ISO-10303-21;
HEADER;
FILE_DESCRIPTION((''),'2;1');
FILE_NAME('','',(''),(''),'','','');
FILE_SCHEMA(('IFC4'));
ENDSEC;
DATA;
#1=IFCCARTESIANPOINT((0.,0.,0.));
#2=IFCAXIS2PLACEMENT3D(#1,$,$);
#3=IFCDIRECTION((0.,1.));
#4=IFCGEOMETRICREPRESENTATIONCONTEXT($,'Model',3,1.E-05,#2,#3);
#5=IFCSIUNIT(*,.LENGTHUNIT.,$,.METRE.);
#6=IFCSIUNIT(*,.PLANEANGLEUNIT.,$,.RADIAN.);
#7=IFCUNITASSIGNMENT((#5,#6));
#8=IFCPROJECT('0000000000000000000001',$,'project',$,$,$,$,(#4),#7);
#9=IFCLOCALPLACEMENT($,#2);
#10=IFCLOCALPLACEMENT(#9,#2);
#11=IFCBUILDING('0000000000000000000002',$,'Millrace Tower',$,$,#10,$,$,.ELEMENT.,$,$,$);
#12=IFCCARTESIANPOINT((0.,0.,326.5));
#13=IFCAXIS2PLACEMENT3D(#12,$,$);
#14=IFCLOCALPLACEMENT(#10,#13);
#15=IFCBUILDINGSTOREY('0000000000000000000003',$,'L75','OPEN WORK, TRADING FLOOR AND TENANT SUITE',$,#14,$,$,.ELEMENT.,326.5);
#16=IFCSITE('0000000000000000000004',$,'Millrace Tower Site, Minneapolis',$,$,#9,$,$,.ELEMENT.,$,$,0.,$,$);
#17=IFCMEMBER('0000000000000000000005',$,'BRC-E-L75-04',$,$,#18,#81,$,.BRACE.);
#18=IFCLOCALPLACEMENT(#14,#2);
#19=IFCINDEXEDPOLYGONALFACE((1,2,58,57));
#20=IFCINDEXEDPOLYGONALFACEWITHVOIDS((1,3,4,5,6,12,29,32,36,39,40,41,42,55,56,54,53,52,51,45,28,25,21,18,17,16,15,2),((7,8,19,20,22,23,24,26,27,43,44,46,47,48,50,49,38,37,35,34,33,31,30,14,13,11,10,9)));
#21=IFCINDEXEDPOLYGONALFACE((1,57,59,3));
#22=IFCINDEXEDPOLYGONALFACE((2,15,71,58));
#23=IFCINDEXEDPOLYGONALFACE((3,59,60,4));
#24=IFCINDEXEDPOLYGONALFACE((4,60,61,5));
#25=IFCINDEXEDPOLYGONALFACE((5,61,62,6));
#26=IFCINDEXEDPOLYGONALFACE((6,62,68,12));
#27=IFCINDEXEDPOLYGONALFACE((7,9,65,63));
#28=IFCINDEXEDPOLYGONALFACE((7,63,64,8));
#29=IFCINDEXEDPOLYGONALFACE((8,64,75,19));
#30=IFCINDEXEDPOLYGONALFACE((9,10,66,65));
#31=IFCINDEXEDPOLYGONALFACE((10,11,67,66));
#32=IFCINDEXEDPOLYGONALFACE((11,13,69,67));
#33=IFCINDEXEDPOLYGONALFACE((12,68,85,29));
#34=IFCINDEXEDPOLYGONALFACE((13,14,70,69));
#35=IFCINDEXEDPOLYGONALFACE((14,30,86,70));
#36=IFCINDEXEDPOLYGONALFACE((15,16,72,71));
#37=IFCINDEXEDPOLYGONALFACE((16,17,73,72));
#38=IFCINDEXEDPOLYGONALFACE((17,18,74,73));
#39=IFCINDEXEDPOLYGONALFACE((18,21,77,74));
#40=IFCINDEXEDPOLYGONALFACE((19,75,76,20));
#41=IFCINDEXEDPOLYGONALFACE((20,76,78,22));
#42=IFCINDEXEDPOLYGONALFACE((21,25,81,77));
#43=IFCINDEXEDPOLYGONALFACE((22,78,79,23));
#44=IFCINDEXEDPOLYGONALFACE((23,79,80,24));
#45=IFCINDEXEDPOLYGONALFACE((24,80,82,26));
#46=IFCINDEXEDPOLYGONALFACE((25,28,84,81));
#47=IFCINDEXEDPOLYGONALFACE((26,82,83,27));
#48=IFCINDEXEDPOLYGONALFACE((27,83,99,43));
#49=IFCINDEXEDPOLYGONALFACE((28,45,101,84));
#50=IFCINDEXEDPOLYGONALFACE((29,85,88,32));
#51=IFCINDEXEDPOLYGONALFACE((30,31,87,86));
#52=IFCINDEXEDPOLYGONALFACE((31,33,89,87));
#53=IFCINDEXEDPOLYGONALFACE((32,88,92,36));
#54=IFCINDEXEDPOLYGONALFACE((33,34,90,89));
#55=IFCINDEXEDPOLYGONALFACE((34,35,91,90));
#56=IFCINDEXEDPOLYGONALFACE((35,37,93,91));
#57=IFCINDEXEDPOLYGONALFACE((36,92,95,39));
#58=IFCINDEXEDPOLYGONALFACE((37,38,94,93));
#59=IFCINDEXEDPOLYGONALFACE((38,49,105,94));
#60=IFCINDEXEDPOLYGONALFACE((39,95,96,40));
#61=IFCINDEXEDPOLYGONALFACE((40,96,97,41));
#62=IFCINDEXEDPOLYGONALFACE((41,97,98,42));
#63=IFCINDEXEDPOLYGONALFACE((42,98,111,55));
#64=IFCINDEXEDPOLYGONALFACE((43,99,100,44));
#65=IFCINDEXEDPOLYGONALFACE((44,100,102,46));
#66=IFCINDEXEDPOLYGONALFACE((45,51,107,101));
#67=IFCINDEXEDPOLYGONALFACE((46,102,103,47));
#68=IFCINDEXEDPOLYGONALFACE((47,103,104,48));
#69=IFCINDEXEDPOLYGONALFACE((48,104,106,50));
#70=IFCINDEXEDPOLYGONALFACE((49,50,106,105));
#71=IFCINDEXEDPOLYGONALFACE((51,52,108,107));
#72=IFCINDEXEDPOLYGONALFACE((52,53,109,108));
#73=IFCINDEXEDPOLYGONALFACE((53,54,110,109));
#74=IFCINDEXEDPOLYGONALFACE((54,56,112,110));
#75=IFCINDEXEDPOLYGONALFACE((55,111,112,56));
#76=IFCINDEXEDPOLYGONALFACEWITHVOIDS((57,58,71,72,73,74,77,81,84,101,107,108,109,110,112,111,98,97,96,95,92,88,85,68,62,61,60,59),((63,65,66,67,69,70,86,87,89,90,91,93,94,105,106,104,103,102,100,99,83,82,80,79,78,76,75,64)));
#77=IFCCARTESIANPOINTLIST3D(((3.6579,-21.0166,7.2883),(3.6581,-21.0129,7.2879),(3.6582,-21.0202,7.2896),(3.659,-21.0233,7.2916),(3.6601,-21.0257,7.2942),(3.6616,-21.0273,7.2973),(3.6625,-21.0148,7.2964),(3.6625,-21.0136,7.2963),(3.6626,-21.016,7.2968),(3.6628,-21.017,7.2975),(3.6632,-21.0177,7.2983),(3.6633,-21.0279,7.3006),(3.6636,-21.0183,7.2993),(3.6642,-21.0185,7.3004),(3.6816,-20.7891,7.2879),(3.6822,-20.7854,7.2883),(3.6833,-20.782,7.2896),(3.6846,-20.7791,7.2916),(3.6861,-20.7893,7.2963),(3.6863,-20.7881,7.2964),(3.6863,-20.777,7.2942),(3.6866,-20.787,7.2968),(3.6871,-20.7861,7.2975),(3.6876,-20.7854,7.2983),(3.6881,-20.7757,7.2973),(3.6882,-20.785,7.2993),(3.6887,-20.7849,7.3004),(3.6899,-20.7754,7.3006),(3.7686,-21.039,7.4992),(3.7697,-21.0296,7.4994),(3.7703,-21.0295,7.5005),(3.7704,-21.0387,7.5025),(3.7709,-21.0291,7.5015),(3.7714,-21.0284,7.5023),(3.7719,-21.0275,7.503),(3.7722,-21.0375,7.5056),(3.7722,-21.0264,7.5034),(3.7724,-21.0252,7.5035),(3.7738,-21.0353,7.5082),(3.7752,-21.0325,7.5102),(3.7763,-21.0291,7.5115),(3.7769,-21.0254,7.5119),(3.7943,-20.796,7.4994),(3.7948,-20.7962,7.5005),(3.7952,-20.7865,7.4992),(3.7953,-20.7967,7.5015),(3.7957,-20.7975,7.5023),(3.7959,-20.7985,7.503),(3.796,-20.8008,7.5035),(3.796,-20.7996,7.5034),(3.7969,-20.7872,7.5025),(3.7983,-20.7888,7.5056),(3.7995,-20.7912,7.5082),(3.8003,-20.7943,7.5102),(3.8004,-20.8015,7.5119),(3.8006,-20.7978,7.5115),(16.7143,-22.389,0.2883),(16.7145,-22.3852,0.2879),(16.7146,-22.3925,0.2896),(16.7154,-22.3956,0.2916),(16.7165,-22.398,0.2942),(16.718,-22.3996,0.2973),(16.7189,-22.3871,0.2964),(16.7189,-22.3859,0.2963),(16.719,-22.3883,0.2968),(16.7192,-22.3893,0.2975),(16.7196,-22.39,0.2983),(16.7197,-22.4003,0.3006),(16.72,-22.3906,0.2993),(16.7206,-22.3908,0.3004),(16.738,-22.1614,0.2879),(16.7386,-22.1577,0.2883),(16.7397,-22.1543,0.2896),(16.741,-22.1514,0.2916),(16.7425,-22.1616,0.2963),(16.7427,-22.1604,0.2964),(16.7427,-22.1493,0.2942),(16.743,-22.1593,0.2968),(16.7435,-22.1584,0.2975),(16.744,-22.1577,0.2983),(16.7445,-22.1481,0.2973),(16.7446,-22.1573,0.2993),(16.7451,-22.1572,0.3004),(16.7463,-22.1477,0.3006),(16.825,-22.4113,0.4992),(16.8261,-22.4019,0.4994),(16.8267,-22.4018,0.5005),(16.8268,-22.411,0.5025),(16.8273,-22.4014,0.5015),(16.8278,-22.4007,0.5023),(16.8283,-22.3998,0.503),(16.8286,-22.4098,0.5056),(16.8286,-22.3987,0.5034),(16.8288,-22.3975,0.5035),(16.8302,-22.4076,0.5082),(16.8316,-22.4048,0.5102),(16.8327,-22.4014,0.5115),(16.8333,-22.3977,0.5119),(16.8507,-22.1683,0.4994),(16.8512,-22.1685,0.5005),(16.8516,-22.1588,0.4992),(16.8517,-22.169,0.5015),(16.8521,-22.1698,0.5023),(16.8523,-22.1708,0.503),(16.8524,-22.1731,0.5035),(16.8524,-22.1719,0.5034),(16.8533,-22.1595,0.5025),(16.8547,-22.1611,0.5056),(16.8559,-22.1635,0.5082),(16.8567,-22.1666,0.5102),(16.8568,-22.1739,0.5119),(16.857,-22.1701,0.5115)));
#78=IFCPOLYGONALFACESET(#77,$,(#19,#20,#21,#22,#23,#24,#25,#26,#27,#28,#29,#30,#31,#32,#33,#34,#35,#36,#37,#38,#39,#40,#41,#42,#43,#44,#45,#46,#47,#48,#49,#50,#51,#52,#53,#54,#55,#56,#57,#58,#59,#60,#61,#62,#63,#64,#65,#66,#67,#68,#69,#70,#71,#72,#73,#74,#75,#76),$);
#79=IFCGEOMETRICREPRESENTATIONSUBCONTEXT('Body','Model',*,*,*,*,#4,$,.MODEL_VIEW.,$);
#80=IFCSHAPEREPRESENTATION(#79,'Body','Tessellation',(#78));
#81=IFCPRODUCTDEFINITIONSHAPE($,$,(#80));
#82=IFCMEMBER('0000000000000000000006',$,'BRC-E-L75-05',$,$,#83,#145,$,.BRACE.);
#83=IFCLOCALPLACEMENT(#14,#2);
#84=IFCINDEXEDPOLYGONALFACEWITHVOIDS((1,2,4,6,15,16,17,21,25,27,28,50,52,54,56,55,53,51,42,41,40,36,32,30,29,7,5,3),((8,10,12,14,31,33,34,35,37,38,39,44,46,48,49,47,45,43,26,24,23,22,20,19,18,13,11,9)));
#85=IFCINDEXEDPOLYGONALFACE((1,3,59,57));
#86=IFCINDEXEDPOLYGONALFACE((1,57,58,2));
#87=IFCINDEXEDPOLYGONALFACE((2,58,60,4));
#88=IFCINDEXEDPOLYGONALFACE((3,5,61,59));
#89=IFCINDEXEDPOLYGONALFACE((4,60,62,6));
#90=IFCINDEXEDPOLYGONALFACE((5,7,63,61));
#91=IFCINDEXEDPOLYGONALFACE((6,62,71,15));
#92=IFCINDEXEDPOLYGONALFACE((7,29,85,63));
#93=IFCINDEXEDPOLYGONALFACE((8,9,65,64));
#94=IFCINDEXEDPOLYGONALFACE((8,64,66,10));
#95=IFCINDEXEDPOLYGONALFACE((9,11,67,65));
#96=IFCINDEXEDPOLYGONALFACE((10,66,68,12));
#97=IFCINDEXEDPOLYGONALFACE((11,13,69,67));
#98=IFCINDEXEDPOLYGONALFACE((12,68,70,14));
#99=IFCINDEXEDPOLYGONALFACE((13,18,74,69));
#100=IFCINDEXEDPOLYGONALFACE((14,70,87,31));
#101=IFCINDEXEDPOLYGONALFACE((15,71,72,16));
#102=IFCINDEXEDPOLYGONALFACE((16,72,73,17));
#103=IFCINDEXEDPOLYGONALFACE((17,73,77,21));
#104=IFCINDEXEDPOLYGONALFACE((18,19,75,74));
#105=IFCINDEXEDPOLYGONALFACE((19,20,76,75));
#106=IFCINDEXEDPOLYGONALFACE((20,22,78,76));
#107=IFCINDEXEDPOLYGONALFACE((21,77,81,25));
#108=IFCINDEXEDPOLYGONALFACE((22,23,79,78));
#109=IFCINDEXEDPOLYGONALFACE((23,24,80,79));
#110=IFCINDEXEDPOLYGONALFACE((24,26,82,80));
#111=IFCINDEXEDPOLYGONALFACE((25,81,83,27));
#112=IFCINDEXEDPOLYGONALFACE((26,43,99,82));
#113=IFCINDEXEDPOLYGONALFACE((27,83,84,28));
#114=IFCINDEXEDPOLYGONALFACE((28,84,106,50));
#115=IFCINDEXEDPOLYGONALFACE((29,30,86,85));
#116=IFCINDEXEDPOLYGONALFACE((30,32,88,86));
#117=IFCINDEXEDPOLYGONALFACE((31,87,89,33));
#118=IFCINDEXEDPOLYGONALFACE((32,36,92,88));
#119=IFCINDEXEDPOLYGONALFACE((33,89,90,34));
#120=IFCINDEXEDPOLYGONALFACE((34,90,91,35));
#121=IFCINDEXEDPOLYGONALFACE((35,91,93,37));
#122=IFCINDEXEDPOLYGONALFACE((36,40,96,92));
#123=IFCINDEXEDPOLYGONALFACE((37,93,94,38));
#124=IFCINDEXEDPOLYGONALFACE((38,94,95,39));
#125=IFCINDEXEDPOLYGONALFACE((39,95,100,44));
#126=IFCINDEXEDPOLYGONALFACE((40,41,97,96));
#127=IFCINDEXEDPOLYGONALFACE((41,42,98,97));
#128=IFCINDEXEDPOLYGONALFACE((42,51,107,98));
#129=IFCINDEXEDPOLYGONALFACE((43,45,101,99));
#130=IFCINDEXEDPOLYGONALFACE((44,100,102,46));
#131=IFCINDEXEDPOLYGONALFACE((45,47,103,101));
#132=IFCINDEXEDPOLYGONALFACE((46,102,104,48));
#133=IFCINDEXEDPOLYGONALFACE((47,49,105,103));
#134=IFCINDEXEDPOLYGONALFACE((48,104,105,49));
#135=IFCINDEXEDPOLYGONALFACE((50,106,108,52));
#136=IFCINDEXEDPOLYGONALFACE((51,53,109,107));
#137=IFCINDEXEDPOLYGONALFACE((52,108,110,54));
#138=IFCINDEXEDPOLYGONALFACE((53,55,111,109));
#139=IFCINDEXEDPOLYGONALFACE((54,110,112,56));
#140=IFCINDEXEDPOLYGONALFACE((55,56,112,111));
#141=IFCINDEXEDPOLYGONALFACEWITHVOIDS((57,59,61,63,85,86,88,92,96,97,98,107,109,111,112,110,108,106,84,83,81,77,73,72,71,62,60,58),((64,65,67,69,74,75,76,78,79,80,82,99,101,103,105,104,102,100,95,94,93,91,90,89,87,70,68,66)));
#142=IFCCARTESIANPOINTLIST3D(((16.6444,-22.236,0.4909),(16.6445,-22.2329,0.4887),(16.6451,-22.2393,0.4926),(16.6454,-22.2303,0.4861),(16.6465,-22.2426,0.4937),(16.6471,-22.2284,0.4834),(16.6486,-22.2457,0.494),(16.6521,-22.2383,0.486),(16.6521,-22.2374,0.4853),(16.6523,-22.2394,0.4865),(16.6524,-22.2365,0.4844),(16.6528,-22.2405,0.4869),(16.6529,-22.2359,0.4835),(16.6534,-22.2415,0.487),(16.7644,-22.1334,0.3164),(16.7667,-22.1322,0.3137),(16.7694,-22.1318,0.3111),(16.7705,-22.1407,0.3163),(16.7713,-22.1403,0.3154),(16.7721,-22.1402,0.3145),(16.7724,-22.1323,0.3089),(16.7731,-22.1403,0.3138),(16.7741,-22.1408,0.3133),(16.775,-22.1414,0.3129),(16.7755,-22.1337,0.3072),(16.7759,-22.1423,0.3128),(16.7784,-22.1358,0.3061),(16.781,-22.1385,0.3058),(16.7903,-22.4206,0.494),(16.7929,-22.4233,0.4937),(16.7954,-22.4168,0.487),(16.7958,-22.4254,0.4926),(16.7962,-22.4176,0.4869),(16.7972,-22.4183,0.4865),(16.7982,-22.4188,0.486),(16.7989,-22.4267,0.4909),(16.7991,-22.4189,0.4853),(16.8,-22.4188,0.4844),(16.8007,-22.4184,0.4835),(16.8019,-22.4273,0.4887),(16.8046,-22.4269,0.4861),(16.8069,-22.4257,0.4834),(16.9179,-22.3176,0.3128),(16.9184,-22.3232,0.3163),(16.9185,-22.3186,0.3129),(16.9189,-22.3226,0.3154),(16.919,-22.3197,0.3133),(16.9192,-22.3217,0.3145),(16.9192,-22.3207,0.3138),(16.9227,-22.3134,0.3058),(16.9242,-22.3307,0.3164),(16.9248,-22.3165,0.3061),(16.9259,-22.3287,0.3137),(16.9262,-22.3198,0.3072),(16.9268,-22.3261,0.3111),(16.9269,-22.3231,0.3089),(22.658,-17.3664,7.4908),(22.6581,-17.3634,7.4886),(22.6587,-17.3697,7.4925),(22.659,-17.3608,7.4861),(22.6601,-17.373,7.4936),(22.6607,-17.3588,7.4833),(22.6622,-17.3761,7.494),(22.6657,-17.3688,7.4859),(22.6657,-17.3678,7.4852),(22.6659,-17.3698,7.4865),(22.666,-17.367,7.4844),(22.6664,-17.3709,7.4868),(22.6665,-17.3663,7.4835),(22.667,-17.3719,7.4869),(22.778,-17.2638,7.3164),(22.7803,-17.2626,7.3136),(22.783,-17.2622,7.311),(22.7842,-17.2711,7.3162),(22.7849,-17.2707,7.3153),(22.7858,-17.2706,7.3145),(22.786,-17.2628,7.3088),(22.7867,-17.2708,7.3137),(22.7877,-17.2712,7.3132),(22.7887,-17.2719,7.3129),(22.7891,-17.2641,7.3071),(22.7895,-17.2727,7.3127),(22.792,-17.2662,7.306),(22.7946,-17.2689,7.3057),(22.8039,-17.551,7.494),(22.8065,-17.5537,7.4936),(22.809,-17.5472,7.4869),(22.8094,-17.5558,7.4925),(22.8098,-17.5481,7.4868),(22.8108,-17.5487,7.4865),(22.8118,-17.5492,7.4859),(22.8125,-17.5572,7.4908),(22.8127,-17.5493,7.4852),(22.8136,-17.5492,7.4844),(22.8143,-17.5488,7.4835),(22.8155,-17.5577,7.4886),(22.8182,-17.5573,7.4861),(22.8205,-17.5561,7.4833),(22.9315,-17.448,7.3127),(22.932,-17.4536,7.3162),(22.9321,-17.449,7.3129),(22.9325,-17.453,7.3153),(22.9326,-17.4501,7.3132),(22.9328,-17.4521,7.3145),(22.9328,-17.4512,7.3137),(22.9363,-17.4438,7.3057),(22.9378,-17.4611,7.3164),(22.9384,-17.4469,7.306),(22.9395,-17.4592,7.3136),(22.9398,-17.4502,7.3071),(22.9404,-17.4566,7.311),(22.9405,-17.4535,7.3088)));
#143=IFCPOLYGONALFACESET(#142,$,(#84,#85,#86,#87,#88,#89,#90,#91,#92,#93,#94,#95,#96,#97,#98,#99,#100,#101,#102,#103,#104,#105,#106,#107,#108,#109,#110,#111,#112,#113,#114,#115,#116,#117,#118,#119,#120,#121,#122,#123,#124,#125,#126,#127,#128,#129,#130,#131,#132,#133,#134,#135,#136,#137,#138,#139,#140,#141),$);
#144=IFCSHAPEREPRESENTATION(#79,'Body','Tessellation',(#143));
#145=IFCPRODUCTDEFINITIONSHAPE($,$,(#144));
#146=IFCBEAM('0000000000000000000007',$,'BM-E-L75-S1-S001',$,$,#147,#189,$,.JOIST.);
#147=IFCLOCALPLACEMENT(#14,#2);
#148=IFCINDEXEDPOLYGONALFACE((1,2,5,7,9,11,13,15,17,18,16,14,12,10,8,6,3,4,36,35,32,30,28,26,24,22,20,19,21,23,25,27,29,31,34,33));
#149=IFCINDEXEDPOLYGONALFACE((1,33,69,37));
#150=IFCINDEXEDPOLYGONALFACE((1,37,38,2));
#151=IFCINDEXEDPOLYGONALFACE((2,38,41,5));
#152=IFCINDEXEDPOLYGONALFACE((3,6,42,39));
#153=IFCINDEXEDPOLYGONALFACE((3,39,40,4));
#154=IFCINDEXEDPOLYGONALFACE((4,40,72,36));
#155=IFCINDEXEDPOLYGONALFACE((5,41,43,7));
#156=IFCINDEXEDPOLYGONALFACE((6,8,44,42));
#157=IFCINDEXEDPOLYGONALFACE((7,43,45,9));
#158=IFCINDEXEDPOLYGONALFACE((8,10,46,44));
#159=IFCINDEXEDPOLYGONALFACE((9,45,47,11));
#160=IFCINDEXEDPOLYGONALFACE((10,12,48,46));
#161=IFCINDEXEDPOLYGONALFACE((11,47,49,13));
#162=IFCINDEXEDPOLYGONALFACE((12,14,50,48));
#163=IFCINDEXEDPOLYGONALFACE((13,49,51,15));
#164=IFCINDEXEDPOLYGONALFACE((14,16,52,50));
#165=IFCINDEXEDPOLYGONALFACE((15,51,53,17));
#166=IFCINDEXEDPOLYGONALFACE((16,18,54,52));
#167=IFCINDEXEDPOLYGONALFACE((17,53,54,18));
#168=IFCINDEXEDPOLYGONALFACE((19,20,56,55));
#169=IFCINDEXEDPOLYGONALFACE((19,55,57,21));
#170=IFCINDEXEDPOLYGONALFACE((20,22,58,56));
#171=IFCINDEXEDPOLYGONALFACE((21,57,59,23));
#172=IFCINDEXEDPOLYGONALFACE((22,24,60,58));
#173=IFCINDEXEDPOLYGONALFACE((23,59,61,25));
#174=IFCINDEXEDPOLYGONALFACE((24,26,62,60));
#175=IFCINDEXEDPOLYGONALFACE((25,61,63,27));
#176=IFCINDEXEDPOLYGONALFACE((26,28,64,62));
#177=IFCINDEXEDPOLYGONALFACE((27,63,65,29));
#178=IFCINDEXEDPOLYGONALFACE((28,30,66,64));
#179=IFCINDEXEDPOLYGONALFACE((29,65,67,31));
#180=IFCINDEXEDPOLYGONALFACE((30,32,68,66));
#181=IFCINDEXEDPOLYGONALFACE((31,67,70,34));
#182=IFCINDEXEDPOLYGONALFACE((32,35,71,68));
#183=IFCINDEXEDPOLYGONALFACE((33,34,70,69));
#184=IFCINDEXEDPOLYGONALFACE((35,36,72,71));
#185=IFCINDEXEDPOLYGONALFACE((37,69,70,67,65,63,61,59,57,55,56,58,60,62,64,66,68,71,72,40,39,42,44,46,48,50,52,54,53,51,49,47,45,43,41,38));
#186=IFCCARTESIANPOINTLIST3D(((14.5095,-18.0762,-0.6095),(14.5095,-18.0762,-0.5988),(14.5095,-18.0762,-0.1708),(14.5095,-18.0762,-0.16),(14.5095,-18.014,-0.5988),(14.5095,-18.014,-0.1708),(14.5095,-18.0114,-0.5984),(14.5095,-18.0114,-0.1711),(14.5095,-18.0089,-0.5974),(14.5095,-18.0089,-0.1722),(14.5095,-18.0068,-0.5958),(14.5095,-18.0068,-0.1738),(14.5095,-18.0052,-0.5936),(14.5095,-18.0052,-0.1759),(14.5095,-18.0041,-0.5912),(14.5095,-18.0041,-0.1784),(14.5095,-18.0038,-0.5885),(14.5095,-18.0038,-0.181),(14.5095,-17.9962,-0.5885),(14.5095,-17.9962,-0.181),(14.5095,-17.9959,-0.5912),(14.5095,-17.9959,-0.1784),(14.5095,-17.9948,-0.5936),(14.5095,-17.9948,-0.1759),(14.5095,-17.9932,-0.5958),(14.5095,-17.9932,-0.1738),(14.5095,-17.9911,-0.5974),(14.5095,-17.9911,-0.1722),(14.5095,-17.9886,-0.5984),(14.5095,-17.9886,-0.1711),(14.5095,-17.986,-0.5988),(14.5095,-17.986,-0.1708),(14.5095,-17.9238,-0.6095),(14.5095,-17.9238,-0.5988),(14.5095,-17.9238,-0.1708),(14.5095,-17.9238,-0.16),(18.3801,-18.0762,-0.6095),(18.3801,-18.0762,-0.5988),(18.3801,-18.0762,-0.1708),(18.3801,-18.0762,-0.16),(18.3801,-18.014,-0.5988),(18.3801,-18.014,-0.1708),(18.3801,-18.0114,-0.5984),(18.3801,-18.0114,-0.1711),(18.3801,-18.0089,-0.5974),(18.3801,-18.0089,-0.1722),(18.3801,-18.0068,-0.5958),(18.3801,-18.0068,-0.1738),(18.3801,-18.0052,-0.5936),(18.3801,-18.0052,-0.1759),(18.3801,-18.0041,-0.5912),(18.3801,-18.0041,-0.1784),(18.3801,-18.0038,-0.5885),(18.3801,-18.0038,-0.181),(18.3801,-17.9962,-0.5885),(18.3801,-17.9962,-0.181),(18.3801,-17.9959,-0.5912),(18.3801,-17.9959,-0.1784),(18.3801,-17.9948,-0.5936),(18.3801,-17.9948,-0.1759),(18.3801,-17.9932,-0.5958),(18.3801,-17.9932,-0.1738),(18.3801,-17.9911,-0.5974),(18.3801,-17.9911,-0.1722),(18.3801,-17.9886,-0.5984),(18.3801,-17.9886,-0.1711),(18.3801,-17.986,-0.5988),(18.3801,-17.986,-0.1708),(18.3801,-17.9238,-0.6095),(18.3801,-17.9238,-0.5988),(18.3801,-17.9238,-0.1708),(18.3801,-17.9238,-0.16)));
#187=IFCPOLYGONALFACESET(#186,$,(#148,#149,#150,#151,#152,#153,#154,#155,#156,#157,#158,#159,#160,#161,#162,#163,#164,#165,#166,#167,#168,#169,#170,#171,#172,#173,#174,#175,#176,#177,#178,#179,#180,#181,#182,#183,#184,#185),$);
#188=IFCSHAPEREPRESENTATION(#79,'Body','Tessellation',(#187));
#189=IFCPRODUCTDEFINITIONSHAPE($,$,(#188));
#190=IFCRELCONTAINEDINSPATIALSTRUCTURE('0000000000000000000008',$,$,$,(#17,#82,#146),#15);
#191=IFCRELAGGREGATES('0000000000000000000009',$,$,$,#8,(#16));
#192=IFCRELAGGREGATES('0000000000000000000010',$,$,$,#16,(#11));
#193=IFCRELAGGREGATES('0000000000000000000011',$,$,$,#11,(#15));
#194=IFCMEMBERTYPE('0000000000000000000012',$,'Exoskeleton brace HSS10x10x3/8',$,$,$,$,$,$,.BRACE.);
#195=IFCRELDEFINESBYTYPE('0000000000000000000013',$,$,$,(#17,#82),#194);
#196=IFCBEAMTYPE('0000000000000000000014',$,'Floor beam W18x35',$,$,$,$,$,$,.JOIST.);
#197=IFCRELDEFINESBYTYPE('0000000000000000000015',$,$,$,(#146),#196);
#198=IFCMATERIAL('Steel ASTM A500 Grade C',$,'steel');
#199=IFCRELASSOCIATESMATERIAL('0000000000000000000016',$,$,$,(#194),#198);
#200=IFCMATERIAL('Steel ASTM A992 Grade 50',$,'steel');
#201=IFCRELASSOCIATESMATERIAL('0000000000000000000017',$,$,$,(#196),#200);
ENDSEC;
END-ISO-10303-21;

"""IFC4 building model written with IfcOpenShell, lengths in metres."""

from ifc_helpers import new_model, si_unit, direction, frame, origin, origin_2d, place, context, subcontext, project, spatial, hollow_rectangle, i_section, extrude, material, material_profile, profile_set, type_object, element, save


model = new_model("IFC4")

# Units and contexts
model_context = context("Model", 3, precision=1e-05, world=origin(), true_north=direction((0.0, 1.0)))
body_context = subcontext(model_context, "Body", "Model", "MODEL_VIEW")
ifc_project = project(units=[si_unit("LENGTHUNIT", "METRE"), si_unit("PLANEANGLEUNIT", "RADIAN")], contexts=[model_context])

# Site, building, storey
site_placement = place(None, origin())
site = spatial("IfcSite", under=ifc_project, at=site_placement, Name="Millrace Tower Site, Minneapolis", CompositionType="ELEMENT", RefElevation=0.0)
building_placement = place(site_placement, origin())
building = spatial("IfcBuilding", under=site, at=building_placement, Name="Millrace Tower", CompositionType="ELEMENT")
storey_placement = place(building_placement, frame((0.0, 0.0, 326.5)))
storey = spatial("IfcBuildingStorey", under=building, at=storey_placement, Name="L75", Description="OPEN WORK, TRADING FLOOR AND TENANT SUITE", CompositionType="ELEMENT", Elevation=326.5)

# Members
ifc_material_1 = material(Name="Steel ASTM A500 Grade C", Category="steel")
ifc_material_profile_1 = material_profile(ifc_material_1, hollow_rectangle(XDim=0.2539, YDim=0.2539, WallThickness=0.0095, InnerFilletRadius=0.0046, OuterFilletRadius=0.0144, at=origin_2d()))
ifc_profile_set_1 = profile_set([ifc_material_profile_1], Name="Steel ASTM A500 Grade C")
member_type_1 = type_object("IfcMemberType", Name="Exoskeleton brace HSS10x10x3/8", PredefinedType="BRACE", material=ifc_profile_set_1)
member_1_placement = place(storey_placement, frame((16.7856, -22.2795, 0.3999), z_axis=(-0.877568, 0.092238, 0.470496), x_axis=(-0.104531, -0.994522, 0.0)))
element("IfcMember", 1, at=member_1_placement, inside=storey, type_object=member_type_1, Name="BRC-E-L75-04", PredefinedType="BRACE", context=body_context, shape_type="SweptSolid", body=[
    extrude(hollow_rectangle(XDim=0.2539, YDim=0.2539, WallThickness=0.0095, InnerFilletRadius=0.0046, OuterFilletRadius=0.0144, at=origin_2d()), origin(), (0.0, 0.0, 1.0), 14.8779),
])
member_2_placement = place(storey_placement, frame((16.7856, -22.2795, 0.3999), z_axis=(0.576329, 0.466688, 0.670855), x_axis=(-0.629309, 0.777155, 0.0)))
element("IfcMember", 2, at=member_2_placement, inside=storey, type_object=member_type_1, Name="BRC-E-L75-05", PredefinedType="BRACE", context=body_context, shape_type="SweptSolid", body=[
    extrude(hollow_rectangle(XDim=0.2539, YDim=0.2539, WallThickness=0.0095, InnerFilletRadius=0.0046, OuterFilletRadius=0.0144, at=origin_2d()), origin(), (0.0, 0.0, 1.0), 10.4343),
])

# Beam
ifc_material_2 = material(Name="Steel ASTM A992 Grade 50", Category="steel")
ifc_material_profile_2 = material_profile(ifc_material_2, i_section(OverallWidth=0.1523, OverallDepth=0.4495, WebThickness=0.0076, FlangeThickness=0.0107, FilletRadius=0.0103, at=origin_2d()))
ifc_profile_set_2 = profile_set([ifc_material_profile_2], Name="Steel ASTM A992 Grade 50")
beam_type_1 = type_object("IfcBeamType", Name="Floor beam W18x35", PredefinedType="JOIST", material=ifc_profile_set_2)
beam_1_placement = place(storey_placement, frame((14.5095, -18.0, -0.3848), z_axis=(1.0, 0.0, 0.0), x_axis=(0.0, 1.0, 0.0)))
element("IfcBeam", 3, at=beam_1_placement, inside=storey, type_object=beam_type_1, Name="BM-E-L75-S1-S001", PredefinedType="JOIST", context=body_context, shape_type="SweptSolid", body=[
    extrude(i_section(OverallWidth=0.1523, OverallDepth=0.4495, WebThickness=0.0076, FlangeThickness=0.0107, FilletRadius=0.0103, at=origin_2d()), origin(), (0.0, 0.0, 1.0), 3.8706),
])

save(model, "model.ifc")
